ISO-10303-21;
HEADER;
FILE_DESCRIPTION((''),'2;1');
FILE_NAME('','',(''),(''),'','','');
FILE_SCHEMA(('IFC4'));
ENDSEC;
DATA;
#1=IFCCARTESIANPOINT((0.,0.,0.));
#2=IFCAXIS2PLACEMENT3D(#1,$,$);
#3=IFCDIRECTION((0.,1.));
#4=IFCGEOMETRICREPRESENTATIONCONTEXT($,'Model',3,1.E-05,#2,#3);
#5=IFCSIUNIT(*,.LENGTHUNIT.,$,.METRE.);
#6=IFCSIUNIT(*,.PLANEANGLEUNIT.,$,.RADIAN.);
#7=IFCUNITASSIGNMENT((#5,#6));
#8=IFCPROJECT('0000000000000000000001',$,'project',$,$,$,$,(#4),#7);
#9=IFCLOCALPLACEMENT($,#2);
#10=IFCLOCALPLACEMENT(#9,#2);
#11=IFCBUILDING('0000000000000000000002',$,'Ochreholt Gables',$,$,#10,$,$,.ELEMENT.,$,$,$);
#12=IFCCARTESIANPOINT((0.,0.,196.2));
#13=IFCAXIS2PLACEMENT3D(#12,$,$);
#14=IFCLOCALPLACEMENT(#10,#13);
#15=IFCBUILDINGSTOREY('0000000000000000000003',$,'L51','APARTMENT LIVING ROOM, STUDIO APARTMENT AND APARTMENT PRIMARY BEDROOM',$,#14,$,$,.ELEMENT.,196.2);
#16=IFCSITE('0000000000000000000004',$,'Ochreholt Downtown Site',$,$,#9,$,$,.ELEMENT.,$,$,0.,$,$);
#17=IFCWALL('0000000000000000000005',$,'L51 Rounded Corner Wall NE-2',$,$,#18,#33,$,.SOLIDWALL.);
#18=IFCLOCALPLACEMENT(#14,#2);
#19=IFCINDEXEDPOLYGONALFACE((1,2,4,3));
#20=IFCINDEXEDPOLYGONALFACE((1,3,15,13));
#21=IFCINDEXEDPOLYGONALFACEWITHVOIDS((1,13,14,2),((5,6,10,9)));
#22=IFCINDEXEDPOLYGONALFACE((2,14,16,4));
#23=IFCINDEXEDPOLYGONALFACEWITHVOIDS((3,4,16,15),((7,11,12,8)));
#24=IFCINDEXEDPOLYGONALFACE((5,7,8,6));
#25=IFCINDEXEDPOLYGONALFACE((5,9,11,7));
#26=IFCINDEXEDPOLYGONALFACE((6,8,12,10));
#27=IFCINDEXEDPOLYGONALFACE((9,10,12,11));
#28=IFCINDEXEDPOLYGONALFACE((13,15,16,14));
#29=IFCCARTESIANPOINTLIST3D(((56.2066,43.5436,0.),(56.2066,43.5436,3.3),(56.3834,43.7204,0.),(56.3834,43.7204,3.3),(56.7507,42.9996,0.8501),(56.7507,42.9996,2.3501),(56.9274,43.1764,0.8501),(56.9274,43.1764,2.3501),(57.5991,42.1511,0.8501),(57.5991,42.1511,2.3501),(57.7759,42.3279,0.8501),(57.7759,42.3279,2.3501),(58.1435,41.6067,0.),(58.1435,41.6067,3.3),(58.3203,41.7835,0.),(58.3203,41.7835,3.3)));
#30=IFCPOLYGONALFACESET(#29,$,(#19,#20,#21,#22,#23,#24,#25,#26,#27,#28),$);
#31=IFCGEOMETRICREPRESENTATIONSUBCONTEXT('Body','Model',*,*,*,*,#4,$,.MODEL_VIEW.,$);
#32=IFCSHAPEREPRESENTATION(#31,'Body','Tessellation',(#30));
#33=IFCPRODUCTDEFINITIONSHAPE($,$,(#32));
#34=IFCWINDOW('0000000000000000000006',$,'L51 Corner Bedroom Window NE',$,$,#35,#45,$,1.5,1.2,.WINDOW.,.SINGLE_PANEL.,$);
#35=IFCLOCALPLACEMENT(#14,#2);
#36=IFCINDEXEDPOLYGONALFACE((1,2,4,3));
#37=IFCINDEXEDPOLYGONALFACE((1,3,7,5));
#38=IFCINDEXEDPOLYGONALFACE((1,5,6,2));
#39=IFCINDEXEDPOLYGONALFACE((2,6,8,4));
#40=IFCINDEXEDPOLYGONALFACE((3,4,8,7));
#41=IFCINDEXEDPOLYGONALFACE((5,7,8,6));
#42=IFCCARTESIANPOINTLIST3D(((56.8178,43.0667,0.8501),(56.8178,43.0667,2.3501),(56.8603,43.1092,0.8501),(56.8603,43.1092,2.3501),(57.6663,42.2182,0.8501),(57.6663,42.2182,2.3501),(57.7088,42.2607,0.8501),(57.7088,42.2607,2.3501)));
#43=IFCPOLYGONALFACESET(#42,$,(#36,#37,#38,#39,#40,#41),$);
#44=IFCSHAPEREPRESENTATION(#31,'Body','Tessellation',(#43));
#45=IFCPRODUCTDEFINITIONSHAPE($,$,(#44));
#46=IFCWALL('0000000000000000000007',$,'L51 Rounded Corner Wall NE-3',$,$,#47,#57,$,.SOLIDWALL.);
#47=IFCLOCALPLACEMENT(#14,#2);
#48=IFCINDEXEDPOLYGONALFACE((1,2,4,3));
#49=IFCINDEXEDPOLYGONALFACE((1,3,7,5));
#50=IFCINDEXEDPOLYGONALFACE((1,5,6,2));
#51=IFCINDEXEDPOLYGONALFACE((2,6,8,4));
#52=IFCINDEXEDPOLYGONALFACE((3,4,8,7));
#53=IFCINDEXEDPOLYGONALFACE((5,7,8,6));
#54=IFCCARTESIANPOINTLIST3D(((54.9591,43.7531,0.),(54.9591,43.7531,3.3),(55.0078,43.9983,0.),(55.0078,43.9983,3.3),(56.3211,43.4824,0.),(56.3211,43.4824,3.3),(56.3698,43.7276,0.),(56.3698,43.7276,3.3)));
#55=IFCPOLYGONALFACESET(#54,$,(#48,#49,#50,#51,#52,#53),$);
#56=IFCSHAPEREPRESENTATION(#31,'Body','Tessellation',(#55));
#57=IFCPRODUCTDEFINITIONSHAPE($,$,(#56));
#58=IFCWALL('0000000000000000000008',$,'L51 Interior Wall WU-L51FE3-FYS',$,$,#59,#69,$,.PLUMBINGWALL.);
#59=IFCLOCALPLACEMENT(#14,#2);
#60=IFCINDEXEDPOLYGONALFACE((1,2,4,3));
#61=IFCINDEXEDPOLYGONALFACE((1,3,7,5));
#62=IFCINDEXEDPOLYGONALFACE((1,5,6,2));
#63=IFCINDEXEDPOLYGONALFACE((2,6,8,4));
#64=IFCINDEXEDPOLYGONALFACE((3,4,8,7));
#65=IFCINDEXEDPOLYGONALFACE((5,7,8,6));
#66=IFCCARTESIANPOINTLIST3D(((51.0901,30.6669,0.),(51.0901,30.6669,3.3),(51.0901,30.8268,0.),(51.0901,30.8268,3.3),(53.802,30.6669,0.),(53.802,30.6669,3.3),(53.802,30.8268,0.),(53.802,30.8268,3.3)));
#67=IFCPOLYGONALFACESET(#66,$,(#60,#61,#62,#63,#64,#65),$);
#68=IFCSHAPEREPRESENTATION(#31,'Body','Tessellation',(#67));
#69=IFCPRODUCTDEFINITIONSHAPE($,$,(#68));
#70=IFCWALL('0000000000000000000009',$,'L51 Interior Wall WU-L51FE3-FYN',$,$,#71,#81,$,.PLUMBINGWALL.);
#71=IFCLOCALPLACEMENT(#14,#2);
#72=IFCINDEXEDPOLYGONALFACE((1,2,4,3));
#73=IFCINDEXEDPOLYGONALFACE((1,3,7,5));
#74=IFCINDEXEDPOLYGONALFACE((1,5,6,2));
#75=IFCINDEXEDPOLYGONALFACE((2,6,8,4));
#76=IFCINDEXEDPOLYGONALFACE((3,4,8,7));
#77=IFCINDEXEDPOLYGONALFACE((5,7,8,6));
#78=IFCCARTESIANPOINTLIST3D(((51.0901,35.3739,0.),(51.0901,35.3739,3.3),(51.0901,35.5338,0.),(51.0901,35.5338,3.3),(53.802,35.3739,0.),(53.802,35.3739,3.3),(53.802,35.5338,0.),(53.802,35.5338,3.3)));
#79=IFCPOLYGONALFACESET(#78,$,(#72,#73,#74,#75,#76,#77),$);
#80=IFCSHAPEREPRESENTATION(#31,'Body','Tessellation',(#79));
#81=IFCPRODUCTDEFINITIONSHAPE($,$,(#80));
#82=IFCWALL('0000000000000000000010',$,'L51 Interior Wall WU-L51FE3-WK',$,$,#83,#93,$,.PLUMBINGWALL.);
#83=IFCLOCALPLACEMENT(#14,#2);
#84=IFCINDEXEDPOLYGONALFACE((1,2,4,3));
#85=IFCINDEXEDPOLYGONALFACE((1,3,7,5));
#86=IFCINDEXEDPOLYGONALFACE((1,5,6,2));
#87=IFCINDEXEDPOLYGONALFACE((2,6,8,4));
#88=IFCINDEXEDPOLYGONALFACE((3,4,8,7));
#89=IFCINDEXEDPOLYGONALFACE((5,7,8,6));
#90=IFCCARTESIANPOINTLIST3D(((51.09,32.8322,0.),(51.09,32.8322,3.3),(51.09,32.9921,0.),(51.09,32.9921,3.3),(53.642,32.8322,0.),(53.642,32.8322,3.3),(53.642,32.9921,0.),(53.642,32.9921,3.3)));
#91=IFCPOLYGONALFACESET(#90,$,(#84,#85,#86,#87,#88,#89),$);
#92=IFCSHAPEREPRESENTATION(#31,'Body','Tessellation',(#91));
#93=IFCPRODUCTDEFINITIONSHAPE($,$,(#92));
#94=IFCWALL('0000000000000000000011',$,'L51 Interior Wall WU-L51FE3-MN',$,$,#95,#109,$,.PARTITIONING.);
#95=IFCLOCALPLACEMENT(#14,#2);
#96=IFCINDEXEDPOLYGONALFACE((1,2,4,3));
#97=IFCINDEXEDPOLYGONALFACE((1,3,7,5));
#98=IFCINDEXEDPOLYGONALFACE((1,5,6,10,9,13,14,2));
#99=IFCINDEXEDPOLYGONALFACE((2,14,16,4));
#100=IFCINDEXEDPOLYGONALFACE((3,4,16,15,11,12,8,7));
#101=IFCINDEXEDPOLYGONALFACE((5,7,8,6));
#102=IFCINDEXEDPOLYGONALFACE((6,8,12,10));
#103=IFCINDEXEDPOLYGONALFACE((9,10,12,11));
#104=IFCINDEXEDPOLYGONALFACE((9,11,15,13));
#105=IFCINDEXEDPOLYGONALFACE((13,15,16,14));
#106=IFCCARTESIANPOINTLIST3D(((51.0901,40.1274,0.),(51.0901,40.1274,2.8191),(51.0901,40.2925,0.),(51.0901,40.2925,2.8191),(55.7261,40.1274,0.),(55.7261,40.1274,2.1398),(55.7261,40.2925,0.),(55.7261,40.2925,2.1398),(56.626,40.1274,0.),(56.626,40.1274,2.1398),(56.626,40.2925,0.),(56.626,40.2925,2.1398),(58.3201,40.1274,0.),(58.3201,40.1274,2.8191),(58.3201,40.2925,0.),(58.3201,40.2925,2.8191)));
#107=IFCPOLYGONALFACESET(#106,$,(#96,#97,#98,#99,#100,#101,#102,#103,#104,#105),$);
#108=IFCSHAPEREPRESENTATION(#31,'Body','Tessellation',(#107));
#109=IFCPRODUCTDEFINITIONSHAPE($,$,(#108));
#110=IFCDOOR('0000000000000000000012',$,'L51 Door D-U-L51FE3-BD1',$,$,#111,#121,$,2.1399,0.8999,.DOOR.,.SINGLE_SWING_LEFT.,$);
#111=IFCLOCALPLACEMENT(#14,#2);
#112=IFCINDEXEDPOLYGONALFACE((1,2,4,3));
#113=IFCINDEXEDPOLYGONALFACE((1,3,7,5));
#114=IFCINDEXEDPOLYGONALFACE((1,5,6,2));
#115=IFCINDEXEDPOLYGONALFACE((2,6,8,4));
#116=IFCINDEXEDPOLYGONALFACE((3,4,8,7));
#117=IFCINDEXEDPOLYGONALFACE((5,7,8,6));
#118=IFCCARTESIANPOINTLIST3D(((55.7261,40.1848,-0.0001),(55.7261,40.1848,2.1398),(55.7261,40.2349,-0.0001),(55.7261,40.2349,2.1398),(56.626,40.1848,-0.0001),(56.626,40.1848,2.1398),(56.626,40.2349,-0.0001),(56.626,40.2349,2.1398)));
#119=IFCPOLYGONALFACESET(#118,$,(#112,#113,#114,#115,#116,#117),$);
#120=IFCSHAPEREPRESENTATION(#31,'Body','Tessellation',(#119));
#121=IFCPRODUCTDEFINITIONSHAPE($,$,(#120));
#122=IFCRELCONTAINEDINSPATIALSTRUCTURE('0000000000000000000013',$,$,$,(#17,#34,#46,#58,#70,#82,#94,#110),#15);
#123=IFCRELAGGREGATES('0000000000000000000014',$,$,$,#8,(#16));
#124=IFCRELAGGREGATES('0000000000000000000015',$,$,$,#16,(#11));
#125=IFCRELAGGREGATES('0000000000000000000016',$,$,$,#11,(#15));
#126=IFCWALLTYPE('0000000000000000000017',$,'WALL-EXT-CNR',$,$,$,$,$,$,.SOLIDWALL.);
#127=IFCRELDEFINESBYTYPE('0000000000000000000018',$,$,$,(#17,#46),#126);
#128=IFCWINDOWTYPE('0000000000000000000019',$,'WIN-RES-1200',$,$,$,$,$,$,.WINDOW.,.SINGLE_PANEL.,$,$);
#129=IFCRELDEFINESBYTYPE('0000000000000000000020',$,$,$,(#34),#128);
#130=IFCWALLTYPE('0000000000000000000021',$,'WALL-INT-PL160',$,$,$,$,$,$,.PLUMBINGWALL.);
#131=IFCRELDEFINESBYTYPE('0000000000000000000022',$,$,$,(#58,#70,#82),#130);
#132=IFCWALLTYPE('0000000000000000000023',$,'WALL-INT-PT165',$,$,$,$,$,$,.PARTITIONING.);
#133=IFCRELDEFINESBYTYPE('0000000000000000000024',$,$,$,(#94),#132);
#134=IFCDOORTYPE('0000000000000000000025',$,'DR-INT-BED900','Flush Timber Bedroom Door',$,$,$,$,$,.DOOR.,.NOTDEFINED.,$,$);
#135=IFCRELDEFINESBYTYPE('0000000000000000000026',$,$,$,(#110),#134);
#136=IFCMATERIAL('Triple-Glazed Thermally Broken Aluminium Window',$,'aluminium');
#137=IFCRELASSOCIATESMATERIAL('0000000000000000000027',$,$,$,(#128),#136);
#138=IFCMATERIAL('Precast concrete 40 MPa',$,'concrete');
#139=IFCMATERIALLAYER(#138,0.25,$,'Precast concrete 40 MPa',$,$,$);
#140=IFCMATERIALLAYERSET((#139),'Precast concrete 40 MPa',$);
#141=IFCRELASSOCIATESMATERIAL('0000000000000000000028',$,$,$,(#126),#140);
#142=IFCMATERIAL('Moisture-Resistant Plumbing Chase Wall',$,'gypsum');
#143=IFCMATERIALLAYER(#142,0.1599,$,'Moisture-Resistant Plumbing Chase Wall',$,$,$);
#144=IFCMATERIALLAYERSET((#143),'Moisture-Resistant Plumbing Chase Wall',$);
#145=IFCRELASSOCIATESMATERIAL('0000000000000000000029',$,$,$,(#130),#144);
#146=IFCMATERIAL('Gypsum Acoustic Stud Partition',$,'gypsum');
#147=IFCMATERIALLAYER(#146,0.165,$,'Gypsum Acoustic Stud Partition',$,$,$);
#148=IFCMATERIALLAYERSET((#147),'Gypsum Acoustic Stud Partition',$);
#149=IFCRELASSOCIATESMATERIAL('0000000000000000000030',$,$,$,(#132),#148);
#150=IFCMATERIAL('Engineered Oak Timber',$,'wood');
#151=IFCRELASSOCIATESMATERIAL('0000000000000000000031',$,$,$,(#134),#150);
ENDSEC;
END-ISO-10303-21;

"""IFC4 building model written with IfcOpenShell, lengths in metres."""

from ifc_helpers import new_model, si_unit, direction, frame, frame_2d, origin, place, context, subcontext, project, spatial, rectangle, extrude, material, layer, layer_set, type_object, element, fill, save


model = new_model("IFC4")

# Units and contexts
model_context = context("Model", 3, precision=1e-05, world=origin(), true_north=direction((0.0, 1.0)))
body_context = subcontext(model_context, "Body", "Model", "MODEL_VIEW")
ifc_project = project(units=[si_unit("LENGTHUNIT", "METRE"), si_unit("PLANEANGLEUNIT", "RADIAN")], contexts=[model_context])

# Site, building, storey
site_placement = place(None, origin())
site = spatial("IfcSite", under=ifc_project, at=site_placement, Name="Ochreholt Downtown Site", CompositionType="ELEMENT", RefElevation=0.0)
building_placement = place(site_placement, origin())
building = spatial("IfcBuilding", under=site, at=building_placement, Name="Ochreholt Gables", CompositionType="ELEMENT")
storey_placement = place(building_placement, frame((0.0, 0.0, 196.2)))
storey = spatial("IfcBuildingStorey", under=building, at=storey_placement, Name="L51", Description="APARTMENT LIVING ROOM, STUDIO APARTMENT AND APARTMENT PRIMARY BEDROOM", CompositionType="ELEMENT", Elevation=196.2)

# Shared definitions
ifc_material_1 = material(Name="Precast concrete 40 MPa", Category="concrete")
ifc_material_2 = material(Name="Triple-Glazed Thermally Broken Aluminium Window", Category="aluminium")
window_type_1 = type_object("IfcWindowType", Name="WIN-RES-1200", PartitioningType="SINGLE_PANEL", PredefinedType="WINDOW", material=ifc_material_2)

# Shared definitions
ifc_layer_1 = layer(ifc_material_1, 0.25, Name="Precast concrete 40 MPa")
ifc_layer_set_1 = layer_set([ifc_layer_1], Name="Precast concrete 40 MPa")
wall_type_1 = type_object("IfcWallType", Name="WALL-EXT-CNR", PredefinedType="SOLIDWALL", material=ifc_layer_set_1)

# Wall, opening, window
wall_1_placement = place(storey_placement, frame((58.2319, 41.6951, 0.0), z_axis=(0.0, 0.0, 1.0), x_axis=(-0.707107, 0.707107, 0.0)))
wall_1 = element("IfcWall", 1, at=wall_1_placement, inside=storey, type_object=wall_type_1, Name="L51 Rounded Corner Wall NE-2", PredefinedType="SOLIDWALL", context=body_context, shape_type="SweptSolid", body=[
    extrude(rectangle(XDim=2.7393, YDim=0.25, at=frame_2d((1.3696, 0.0))), origin(), (0.0, 0.0, 1.0), 3.3),
])
opening_1_placement = place(wall_1_placement, frame((0.7698, 0.0, 0.8501)))
opening_1 = element("IfcOpeningElement", 2, at=opening_1_placement, cuts=wall_1, PredefinedType="OPENING", context=body_context, shape_type="SweptSolid", body=[
    extrude(rectangle(XDim=1.2, YDim=1.5, at=frame_2d((0.6001, 0.75))), frame((0.0, 0.135, 0.0), z_axis=(0.0, -1.0, 0.0), x_axis=(1.0, 0.0, 0.0)), (0.0, 0.0, 1.0), 0.27),
])
window_1_placement = place(opening_1_placement, origin())
window_1 = element("IfcWindow", 3, at=window_1_placement, inside=storey, type_object=window_type_1, Name="L51 Corner Bedroom Window NE", OverallHeight=1.5, OverallWidth=1.2, PartitioningType="SINGLE_PANEL", PredefinedType="WINDOW", context=body_context, shape_type="SweptSolid", body=[
    extrude(rectangle(XDim=1.2, YDim=1.5, at=frame_2d((0.6001, 0.75))), frame((0.0, 0.03, 0.0), z_axis=(0.0, -1.0, 0.0), x_axis=(1.0, 0.0, 0.0)), (0.0, 0.0, 1.0), 0.0601),
])
fill(opening_1, window_1)

# Walls
wall_2_placement = place(storey_placement, frame((56.3455, 43.605, 0.0), z_axis=(0.0, 0.0, 1.0), x_axis=(-0.98081, 0.194967, 0.0)))
element("IfcWall", 4, at=wall_2_placement, inside=storey, type_object=wall_type_1, Name="L51 Rounded Corner Wall NE-3", PredefinedType="SOLIDWALL", context=body_context, shape_type="SweptSolid", body=[
    extrude(rectangle(XDim=1.3887, YDim=0.25, at=frame_2d((0.6943, 0.0))), origin(), (0.0, 0.0, 1.0), 3.3),
])
ifc_material_3 = material(Name="Moisture-Resistant Plumbing Chase Wall", Category="gypsum")
ifc_layer_2 = layer(ifc_material_3, 0.1599, Name="Moisture-Resistant Plumbing Chase Wall")
ifc_layer_set_2 = layer_set([ifc_layer_2], Name="Moisture-Resistant Plumbing Chase Wall")
wall_type_2 = type_object("IfcWallType", Name="WALL-INT-PL160", PredefinedType="PLUMBINGWALL", material=ifc_layer_set_2)
for number, where, z_axis, x_axis, name in (
    (5, (51.0901, 30.7468, 0.0), (0.0, 0.0, 1.0), (1.0, 0.0, 0.0), "L51 Interior Wall WU-L51FE3-FYS"),
    (6, (51.0901, 35.4539, 0.0), (0.0, 0.0, 1.0), (1.0, 0.0, 0.0), "L51 Interior Wall WU-L51FE3-FYN"),
):
    element("IfcWall", number, at=place(storey_placement, frame(where, z_axis=z_axis, x_axis=x_axis)), inside=storey, type_object=wall_type_2, Name=name, PredefinedType="PLUMBINGWALL", context=body_context, shape_type="SweptSolid", body=[
        extrude(rectangle(XDim=2.7119, YDim=0.1599, at=frame_2d((1.356, 0.0))), origin(), (0.0, 0.0, 1.0), 3.3),
    ])
wall_3_placement = place(storey_placement, frame((51.0901, 32.9121, 0.0), z_axis=(0.0, 0.0, 1.0), x_axis=(1.0, 0.0, 0.0)))
element("IfcWall", 7, at=wall_3_placement, inside=storey, type_object=wall_type_2, Name="L51 Interior Wall WU-L51FE3-WK", PredefinedType="PLUMBINGWALL", context=body_context, shape_type="SweptSolid", body=[
    extrude(rectangle(XDim=2.552, YDim=0.1599, at=frame_2d((1.2759, 0.0))), origin(), (0.0, 0.0, 1.0), 3.3),
])

# Wall, opening, door
ifc_material_4 = material(Name="Gypsum Acoustic Stud Partition", Category="gypsum")
ifc_layer_3 = layer(ifc_material_4, 0.165, Name="Gypsum Acoustic Stud Partition")
ifc_layer_set_3 = layer_set([ifc_layer_3], Name="Gypsum Acoustic Stud Partition")
wall_type_3 = type_object("IfcWallType", Name="WALL-INT-PT165", PredefinedType="PARTITIONING", material=ifc_layer_set_3)
wall_4_placement = place(storey_placement, frame((51.0901, 40.21, 0.0), z_axis=(0.0, 0.0, 1.0), x_axis=(1.0, 0.0, 0.0)))
wall_4 = element("IfcWall", 8, at=wall_4_placement, inside=storey, type_object=wall_type_3, Name="L51 Interior Wall WU-L51FE3-MN", PredefinedType="PARTITIONING", context=body_context, shape_type="SweptSolid", body=[
    extrude(rectangle(XDim=7.23, YDim=0.165, at=frame_2d((3.615, 0.0))), origin(), (0.0, 0.0, 1.0), 2.8191),
])
opening_2_placement = place(wall_4_placement, frame((4.636, 0.0, 0.0)))
opening_2 = element("IfcOpeningElement", 9, at=opening_2_placement, cuts=wall_4, PredefinedType="OPENING", context=body_context, shape_type="SweptSolid", body=[
    extrude(rectangle(XDim=0.8999, YDim=2.1399, at=frame_2d((0.45, 1.0698))), frame((0.0, 0.0925, 0.0), z_axis=(0.0, -1.0, 0.0), x_axis=(1.0, 0.0, 0.0)), (0.0, 0.0, 1.0), 0.1851),
])
ifc_material_5 = material(Name="Engineered Oak Timber", Category="wood")
door_type = type_object("IfcDoorType", Name="DR-INT-BED900", Description="Flush Timber Bedroom Door", OperationType="NOTDEFINED", PredefinedType="DOOR", material=ifc_material_5)
door_placement = place(opening_2_placement, origin())
door = element("IfcDoor", 10, at=door_placement, inside=storey, type_object=door_type, Name="L51 Door D-U-L51FE3-BD1", OperationType="SINGLE_SWING_LEFT", OverallHeight=2.1399, OverallWidth=0.8999, PredefinedType="DOOR", context=body_context, shape_type="SweptSolid", body=[
    extrude(rectangle(XDim=0.8999, YDim=2.1399, at=frame_2d((0.45, 1.0698))), frame((0.0, 0.0249, 0.0), z_axis=(0.0, -1.0, 0.0), x_axis=(1.0, 0.0, 0.0)), (0.0, 0.0, 1.0), 0.05),
])
fill(opening_2, door)

save(model, "model.ifc")
